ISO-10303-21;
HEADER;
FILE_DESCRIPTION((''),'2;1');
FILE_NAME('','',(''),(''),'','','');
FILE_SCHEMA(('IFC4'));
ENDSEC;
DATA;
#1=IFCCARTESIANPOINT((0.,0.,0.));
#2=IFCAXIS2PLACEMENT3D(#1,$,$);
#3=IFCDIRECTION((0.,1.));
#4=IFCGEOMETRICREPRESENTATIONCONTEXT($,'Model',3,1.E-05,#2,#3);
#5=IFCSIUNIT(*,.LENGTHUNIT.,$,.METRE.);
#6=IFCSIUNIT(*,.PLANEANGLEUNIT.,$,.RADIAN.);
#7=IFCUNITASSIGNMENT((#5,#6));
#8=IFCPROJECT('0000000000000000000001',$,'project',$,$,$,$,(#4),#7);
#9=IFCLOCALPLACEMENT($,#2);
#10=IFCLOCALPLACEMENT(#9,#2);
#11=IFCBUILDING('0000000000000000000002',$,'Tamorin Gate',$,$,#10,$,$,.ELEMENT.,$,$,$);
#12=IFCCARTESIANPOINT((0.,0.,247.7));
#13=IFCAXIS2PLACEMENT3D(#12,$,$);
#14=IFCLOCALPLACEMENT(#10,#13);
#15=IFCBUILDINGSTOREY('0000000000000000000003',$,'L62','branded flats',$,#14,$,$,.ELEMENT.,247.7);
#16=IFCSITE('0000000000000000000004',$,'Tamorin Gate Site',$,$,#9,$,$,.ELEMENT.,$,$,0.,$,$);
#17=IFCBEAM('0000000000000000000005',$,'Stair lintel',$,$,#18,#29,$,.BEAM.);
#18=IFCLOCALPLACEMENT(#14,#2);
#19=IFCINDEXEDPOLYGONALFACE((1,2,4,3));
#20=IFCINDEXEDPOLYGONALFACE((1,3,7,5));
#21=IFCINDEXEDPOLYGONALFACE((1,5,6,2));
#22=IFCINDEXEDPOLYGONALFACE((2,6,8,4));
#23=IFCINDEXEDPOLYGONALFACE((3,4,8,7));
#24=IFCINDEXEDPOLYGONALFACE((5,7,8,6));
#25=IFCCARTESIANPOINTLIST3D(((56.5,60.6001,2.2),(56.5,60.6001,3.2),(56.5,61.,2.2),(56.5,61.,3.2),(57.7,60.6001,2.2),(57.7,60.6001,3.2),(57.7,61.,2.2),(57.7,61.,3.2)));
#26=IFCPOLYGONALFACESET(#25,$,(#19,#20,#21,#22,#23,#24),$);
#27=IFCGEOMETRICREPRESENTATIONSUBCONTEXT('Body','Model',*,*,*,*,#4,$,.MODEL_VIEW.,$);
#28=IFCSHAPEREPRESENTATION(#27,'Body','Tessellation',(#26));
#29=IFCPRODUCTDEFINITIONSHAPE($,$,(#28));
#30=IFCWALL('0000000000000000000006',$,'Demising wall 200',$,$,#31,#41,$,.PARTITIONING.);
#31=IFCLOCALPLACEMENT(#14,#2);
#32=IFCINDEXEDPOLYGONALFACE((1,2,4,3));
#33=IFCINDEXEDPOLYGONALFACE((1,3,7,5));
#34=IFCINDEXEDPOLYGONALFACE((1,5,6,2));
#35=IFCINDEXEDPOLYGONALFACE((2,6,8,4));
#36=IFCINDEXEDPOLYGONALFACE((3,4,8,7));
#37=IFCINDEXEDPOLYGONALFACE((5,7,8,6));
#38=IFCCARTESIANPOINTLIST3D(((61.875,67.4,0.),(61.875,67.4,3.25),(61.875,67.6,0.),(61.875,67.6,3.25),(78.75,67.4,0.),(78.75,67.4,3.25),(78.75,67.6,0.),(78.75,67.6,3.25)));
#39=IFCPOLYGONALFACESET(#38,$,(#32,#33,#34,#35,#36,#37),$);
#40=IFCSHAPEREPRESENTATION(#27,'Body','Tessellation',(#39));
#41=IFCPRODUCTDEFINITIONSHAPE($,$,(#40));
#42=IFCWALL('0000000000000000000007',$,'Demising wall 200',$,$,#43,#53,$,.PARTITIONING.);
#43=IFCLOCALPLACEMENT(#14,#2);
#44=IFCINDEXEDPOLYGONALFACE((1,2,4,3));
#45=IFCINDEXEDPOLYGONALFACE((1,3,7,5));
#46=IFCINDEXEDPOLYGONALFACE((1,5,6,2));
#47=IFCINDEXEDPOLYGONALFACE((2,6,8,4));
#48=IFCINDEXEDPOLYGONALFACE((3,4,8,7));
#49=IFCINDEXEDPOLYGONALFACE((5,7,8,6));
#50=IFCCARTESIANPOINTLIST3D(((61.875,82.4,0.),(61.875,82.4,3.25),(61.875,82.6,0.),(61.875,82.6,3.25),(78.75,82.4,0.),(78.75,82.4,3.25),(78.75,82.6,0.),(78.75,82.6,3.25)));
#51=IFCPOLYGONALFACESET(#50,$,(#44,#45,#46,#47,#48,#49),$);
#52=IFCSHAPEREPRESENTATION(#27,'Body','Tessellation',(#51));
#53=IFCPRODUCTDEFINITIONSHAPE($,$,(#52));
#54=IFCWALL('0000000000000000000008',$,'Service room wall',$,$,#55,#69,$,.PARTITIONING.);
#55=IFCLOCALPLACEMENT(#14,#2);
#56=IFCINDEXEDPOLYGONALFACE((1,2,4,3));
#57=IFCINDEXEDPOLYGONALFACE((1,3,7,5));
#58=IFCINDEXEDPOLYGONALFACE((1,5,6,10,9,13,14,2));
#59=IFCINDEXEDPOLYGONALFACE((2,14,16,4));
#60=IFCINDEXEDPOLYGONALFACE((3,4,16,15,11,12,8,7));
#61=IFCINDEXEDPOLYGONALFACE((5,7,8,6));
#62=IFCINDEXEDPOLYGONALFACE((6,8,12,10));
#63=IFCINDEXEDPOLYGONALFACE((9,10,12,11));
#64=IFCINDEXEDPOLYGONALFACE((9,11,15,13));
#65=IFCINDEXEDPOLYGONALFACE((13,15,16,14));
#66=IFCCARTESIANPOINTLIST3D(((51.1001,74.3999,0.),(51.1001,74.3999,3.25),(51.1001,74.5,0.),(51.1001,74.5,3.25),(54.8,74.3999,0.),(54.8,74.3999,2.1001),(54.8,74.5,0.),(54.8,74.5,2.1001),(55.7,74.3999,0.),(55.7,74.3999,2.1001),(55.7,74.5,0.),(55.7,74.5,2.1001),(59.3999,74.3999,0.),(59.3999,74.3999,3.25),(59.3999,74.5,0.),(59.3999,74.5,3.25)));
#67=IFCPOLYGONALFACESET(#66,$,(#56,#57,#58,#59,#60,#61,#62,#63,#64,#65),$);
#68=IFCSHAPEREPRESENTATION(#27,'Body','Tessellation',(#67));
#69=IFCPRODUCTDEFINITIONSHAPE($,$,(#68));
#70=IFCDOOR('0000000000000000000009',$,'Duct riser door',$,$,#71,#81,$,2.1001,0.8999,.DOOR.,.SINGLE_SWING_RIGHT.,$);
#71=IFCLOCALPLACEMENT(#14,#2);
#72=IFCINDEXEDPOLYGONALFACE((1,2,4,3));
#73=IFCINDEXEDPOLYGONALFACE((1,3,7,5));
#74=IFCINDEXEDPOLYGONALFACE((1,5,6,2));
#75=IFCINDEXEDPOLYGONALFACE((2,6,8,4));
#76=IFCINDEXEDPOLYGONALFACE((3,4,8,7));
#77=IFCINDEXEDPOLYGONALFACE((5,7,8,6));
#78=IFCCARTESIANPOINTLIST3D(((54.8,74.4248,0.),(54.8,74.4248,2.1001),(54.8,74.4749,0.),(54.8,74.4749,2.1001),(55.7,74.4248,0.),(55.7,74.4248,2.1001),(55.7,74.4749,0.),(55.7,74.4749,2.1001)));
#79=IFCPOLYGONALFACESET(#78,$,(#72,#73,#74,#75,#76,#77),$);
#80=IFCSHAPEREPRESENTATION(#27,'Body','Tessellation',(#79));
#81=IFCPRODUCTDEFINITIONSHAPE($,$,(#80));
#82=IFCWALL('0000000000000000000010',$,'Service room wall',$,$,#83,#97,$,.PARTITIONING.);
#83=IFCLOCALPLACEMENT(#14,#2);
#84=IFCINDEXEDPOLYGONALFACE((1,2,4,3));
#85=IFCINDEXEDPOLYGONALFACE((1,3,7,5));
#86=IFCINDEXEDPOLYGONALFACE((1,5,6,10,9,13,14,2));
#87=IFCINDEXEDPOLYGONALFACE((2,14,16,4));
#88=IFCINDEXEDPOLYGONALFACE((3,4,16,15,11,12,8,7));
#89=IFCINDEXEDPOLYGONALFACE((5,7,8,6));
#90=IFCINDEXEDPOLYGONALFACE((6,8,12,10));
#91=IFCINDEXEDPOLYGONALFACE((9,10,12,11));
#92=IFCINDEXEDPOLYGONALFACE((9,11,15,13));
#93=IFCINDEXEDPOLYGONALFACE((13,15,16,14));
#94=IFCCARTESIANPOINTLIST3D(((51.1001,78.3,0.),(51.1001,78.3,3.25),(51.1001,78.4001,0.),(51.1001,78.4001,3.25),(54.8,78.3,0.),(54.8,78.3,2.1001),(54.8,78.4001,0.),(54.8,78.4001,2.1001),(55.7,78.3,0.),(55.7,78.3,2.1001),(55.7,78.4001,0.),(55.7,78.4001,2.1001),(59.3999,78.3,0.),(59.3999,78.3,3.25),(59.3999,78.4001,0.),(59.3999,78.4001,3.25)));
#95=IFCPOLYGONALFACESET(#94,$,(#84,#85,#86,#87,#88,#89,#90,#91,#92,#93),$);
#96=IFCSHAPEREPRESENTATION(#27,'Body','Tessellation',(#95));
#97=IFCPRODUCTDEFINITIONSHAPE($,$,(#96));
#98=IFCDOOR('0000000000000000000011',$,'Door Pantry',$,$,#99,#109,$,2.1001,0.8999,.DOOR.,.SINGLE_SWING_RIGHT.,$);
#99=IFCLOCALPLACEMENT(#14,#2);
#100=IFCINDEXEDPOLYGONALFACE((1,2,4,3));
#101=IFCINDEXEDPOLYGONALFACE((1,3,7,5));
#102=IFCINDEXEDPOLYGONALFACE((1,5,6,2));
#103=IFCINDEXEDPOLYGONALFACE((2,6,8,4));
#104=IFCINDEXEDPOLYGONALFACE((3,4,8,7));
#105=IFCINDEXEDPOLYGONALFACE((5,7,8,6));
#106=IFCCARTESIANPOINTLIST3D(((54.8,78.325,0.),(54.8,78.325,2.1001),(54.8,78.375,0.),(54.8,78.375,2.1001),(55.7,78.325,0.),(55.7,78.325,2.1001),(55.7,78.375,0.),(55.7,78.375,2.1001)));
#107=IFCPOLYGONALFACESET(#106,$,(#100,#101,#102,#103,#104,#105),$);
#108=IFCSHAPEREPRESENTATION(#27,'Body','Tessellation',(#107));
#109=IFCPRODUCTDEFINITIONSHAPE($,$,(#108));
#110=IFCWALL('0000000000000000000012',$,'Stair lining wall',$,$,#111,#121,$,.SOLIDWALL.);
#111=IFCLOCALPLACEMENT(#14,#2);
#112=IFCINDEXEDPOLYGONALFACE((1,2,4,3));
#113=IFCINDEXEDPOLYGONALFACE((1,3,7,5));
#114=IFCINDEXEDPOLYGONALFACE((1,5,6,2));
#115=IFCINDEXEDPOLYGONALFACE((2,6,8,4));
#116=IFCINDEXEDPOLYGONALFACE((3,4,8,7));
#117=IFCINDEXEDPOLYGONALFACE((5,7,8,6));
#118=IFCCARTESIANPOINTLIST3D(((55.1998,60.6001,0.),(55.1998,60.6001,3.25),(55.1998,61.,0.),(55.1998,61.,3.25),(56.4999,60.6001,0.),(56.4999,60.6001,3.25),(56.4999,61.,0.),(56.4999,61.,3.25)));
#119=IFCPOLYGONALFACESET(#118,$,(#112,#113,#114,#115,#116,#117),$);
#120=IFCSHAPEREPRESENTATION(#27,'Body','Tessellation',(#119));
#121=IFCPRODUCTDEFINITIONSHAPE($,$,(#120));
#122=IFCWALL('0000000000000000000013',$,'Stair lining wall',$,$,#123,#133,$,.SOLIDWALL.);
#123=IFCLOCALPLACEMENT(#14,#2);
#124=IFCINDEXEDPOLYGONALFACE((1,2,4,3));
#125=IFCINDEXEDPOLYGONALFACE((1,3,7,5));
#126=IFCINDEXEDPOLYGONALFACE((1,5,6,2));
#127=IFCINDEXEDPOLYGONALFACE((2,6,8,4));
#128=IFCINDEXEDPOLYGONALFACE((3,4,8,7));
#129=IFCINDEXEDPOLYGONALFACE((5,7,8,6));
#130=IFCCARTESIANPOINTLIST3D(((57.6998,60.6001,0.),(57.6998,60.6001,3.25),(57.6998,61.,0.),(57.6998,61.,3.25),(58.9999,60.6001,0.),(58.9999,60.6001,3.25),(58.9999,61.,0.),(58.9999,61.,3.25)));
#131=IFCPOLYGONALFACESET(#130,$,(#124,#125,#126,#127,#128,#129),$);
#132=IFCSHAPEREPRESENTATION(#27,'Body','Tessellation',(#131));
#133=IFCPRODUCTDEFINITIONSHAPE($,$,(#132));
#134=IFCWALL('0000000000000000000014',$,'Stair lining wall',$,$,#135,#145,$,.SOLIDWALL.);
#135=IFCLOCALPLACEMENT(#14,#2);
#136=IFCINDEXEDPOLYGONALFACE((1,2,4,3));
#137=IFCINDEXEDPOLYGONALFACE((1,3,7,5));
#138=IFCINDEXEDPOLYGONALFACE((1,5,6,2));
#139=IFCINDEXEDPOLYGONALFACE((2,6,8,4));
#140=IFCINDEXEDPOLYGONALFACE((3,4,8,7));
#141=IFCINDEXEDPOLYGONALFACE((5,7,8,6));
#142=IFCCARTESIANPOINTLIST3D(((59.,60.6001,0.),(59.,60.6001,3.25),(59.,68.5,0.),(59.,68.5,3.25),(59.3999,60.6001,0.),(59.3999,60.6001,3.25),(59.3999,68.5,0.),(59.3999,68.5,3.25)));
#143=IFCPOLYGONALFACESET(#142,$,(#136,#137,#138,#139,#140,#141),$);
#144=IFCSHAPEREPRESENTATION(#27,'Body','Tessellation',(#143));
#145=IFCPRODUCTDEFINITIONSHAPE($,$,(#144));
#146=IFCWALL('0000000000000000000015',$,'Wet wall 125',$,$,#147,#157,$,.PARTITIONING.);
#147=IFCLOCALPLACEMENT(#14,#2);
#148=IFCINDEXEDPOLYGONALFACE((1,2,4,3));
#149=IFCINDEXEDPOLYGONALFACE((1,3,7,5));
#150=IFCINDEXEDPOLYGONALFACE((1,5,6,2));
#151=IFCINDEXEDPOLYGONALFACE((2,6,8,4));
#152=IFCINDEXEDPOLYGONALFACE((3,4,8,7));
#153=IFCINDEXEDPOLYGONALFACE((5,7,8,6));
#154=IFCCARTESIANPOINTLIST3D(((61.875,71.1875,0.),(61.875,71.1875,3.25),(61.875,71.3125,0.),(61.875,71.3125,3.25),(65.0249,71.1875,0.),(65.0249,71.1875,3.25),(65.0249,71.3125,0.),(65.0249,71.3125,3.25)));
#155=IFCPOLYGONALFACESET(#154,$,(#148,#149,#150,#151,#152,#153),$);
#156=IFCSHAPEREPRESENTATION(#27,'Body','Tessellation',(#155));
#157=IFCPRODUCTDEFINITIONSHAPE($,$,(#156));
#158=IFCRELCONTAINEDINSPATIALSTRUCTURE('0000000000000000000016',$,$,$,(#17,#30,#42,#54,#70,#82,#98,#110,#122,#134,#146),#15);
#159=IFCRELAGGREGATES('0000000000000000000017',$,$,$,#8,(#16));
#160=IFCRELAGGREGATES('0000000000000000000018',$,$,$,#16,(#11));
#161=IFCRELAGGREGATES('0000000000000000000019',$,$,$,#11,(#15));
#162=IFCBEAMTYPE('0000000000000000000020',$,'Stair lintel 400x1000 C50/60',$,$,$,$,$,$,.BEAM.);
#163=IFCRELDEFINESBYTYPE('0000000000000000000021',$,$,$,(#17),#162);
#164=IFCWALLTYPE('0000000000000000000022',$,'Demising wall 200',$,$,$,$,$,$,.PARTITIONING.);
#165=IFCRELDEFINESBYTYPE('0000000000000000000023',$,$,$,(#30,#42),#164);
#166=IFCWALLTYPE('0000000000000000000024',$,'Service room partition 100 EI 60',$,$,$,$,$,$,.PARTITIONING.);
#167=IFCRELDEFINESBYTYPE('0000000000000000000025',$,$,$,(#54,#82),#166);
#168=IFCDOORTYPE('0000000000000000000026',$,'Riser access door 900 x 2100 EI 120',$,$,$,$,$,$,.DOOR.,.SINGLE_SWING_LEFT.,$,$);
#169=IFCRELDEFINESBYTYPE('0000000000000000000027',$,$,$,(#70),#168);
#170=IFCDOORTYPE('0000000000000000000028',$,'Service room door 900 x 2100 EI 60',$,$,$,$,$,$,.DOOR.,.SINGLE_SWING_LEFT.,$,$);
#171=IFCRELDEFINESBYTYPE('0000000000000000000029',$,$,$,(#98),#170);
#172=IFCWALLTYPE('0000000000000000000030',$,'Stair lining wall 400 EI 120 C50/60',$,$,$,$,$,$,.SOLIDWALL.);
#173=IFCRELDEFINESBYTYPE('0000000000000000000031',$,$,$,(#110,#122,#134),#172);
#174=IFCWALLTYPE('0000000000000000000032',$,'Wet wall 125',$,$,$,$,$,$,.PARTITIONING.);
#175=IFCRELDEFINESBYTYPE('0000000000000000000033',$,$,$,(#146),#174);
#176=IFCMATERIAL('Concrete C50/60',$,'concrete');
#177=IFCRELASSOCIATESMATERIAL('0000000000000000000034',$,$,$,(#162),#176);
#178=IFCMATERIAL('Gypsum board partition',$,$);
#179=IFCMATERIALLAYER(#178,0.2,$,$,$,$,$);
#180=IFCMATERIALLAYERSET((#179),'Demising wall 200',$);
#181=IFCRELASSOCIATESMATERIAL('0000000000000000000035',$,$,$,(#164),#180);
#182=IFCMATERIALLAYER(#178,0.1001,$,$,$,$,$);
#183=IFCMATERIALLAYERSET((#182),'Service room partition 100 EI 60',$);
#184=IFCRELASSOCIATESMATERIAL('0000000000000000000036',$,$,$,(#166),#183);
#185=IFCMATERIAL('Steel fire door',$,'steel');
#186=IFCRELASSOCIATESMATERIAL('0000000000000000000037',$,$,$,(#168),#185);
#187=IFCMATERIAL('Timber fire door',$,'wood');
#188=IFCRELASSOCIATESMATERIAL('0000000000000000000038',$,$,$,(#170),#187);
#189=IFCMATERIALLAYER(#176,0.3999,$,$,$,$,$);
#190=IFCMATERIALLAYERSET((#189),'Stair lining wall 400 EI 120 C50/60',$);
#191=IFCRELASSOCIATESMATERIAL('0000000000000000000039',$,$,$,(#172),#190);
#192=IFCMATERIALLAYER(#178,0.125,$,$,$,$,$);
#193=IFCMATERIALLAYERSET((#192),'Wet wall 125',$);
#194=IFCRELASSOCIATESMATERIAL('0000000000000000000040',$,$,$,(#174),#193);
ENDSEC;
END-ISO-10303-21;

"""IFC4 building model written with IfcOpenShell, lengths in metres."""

from ifc_helpers import new_model, si_unit, direction, frame, frame_2d, origin, origin_2d, place, context, subcontext, project, spatial, rectangle, extrude, material, layer, layer_set, material_profile, profile_set, type_object, element, fill, save


model = new_model("IFC4")

# Units and contexts
model_context = context("Model", 3, precision=1e-05, world=origin(), true_north=direction((0.0, 1.0)))
body_context = subcontext(model_context, "Body", "Model", "MODEL_VIEW")
ifc_project = project(units=[si_unit("LENGTHUNIT", "METRE"), si_unit("PLANEANGLEUNIT", "RADIAN")], contexts=[model_context])

# Site, building, storey
site_placement = place(None, origin())
site = spatial("IfcSite", under=ifc_project, at=site_placement, Name="Tamorin Gate Site", CompositionType="ELEMENT", RefElevation=0.0)
building_placement = place(site_placement, origin())
building = spatial("IfcBuilding", under=site, at=building_placement, Name="Tamorin Gate", CompositionType="ELEMENT")
storey_placement = place(building_placement, frame((0.0, 0.0, 247.7)))
storey = spatial("IfcBuildingStorey", under=building, at=storey_placement, Name="L62", Description="branded flats", CompositionType="ELEMENT", Elevation=247.7)

# Beam
ifc_material_1 = material(Name="Concrete C50/60", Category="concrete")
ifc_material_profile = material_profile(ifc_material_1, rectangle(XDim=0.3999, YDim=1.0, at=origin_2d()))
ifc_profile_set = profile_set([ifc_material_profile], Name="Concrete C50/60")
beam_type = type_object("IfcBeamType", Name="Stair lintel 400x1000 C50/60", PredefinedType="BEAM", material=ifc_profile_set)
beam_placement = place(storey_placement, frame((56.5, 60.8, 2.7), z_axis=(1.0, 0.0, 0.0), x_axis=(0.0, 1.0, 0.0)))
element("IfcBeam", 1, at=beam_placement, inside=storey, type_object=beam_type, Name="Stair lintel", PredefinedType="BEAM", context=body_context, shape_type="SweptSolid", body=[
    extrude(rectangle(XDim=0.3999, YDim=1.0, at=origin_2d()), origin(), (0.0, 0.0, 1.0), 1.2),
])

# Walls
ifc_material_2 = material(Name="Gypsum board partition")
ifc_layer_1 = layer(ifc_material_2, 0.2)
ifc_layer_set_1 = layer_set([ifc_layer_1], Name="Demising wall 200")
wall_type_1 = type_object("IfcWallType", Name="Demising wall 200", PredefinedType="PARTITIONING", material=ifc_layer_set_1)
for number, where, z_axis, x_axis, name in (
    (2, (61.875, 67.5, 0.0), (0.0, 0.0, 1.0), (1.0, 0.0, 0.0), "Demising wall 200"),
    (3, (61.875, 82.5, 0.0), (0.0, 0.0, 1.0), (1.0, 0.0, 0.0), "Demising wall 200"),
):
    element("IfcWall", number, at=place(storey_placement, frame(where, z_axis=z_axis, x_axis=x_axis)), inside=storey, type_object=wall_type_1, Name=name, PredefinedType="PARTITIONING", context=body_context, shape_type="SweptSolid", body=[
        extrude(rectangle(XDim=16.875, YDim=0.2, at=frame_2d((8.4375, 0.0))), origin(), (0.0, 0.0, 1.0), 3.25),
    ])

# Walls, openings, doors
ifc_layer_2 = layer(ifc_material_2, 0.1001)
ifc_layer_set_2 = layer_set([ifc_layer_2], Name="Service room partition 100 EI 60")
wall_type_2 = type_object("IfcWallType", Name="Service room partition 100 EI 60", PredefinedType="PARTITIONING", material=ifc_layer_set_2)
wall_1_placement = place(storey_placement, frame((51.1001, 74.45, 0.0), z_axis=(0.0, 0.0, 1.0), x_axis=(1.0, 0.0, 0.0)))
wall_1 = element("IfcWall", 4, at=wall_1_placement, inside=storey, type_object=wall_type_2, Name="Service room wall", PredefinedType="PARTITIONING", context=body_context, shape_type="SweptSolid", body=[
    extrude(rectangle(XDim=8.2998, YDim=0.1001, at=frame_2d((4.1499, 0.0))), origin(), (0.0, 0.0, 1.0), 3.25),
])
opening_1_placement = place(wall_1_placement, frame((3.7, 0.0, 0.0)))
opening_1 = element("IfcOpeningElement", 5, at=opening_1_placement, cuts=wall_1, PredefinedType="OPENING", context=body_context, shape_type="SweptSolid", body=[
    extrude(rectangle(XDim=0.8999, YDim=2.1001, at=frame_2d((0.45, 1.05))), frame((0.0, 0.0601, 0.0), z_axis=(0.0, -1.0, 0.0), x_axis=(1.0, 0.0, 0.0)), (0.0, 0.0, 1.0), 0.1201),
])
ifc_material_3 = material(Name="Steel fire door", Category="steel")
door_type_1 = type_object("IfcDoorType", Name="Riser access door 900 x 2100 EI 120", OperationType="SINGLE_SWING_LEFT", PredefinedType="DOOR", material=ifc_material_3)
door_1_placement = place(opening_1_placement, origin())
door_1 = element("IfcDoor", 6, at=door_1_placement, inside=storey, type_object=door_type_1, Name="Duct riser door", OperationType="SINGLE_SWING_RIGHT", OverallHeight=2.1001, OverallWidth=0.8999, PredefinedType="DOOR", context=body_context, shape_type="SweptSolid", body=[
    extrude(rectangle(XDim=0.8999, YDim=2.1001, at=frame_2d((0.45, 1.05))), frame((0.0, 0.0249, 0.0), z_axis=(0.0, -1.0, 0.0), x_axis=(1.0, 0.0, 0.0)), (0.0, 0.0, 1.0), 0.05),
])
fill(opening_1, door_1)
wall_2_placement = place(storey_placement, frame((51.1001, 78.3501, 0.0), z_axis=(0.0, 0.0, 1.0), x_axis=(1.0, 0.0, 0.0)))
wall_2 = element("IfcWall", 7, at=wall_2_placement, inside=storey, type_object=wall_type_2, Name="Service room wall", PredefinedType="PARTITIONING", context=body_context, shape_type="SweptSolid", body=[
    extrude(rectangle(XDim=8.2998, YDim=0.1001, at=frame_2d((4.1499, 0.0))), origin(), (0.0, 0.0, 1.0), 3.25),
])
opening_2_placement = place(wall_2_placement, frame((3.7, 0.0, 0.0)))
opening_2 = element("IfcOpeningElement", 8, at=opening_2_placement, cuts=wall_2, PredefinedType="OPENING", context=body_context, shape_type="SweptSolid", body=[
    extrude(rectangle(XDim=0.8999, YDim=2.1001, at=frame_2d((0.45, 1.05))), frame((0.0, 0.0601, 0.0), z_axis=(0.0, -1.0, 0.0), x_axis=(1.0, 0.0, 0.0)), (0.0, 0.0, 1.0), 0.1201),
])
ifc_material_4 = material(Name="Timber fire door", Category="wood")
door_type_2 = type_object("IfcDoorType", Name="Service room door 900 x 2100 EI 60", OperationType="SINGLE_SWING_LEFT", PredefinedType="DOOR", material=ifc_material_4)
door_2_placement = place(opening_2_placement, origin())
door_2 = element("IfcDoor", 9, at=door_2_placement, inside=storey, type_object=door_type_2, Name="Door Pantry", OperationType="SINGLE_SWING_RIGHT", OverallHeight=2.1001, OverallWidth=0.8999, PredefinedType="DOOR", context=body_context, shape_type="SweptSolid", body=[
    extrude(rectangle(XDim=0.8999, YDim=2.1001, at=frame_2d((0.45, 1.05))), frame((0.0, 0.0249, 0.0), z_axis=(0.0, -1.0, 0.0), x_axis=(1.0, 0.0, 0.0)), (0.0, 0.0, 1.0), 0.05),
])
fill(opening_2, door_2)

# Walls
ifc_layer_3 = layer(ifc_material_1, 0.3999)
ifc_layer_set_3 = layer_set([ifc_layer_3], Name="Stair lining wall 400 EI 120 C50/60")
wall_type_3 = type_object("IfcWallType", Name="Stair lining wall 400 EI 120 C50/60", PredefinedType="SOLIDWALL", material=ifc_layer_set_3)
for number, where, z_axis, x_axis, name in (
    (10, (55.2, 60.8, 0.0), (0.0, 0.0, 1.0), (1.0, 0.0, 0.0), "Stair lining wall"),
    (11, (57.7, 60.8, 0.0), (0.0, 0.0, 1.0), (1.0, 0.0, 0.0), "Stair lining wall"),
):
    element("IfcWall", number, at=place(storey_placement, frame(where, z_axis=z_axis, x_axis=x_axis)), inside=storey, type_object=wall_type_3, Name=name, PredefinedType="SOLIDWALL", context=body_context, shape_type="SweptSolid", body=[
        extrude(rectangle(XDim=1.3, YDim=0.3999, at=frame_2d((0.6499, 0.0))), origin(), (0.0, 0.0, 1.0), 3.25),
    ])
wall_3_placement = place(storey_placement, frame((59.2, 60.6001, 0.0), z_axis=(0.0, 0.0, 1.0), x_axis=(0.0, 1.0, 0.0)))
element("IfcWall", 12, at=wall_3_placement, inside=storey, type_object=wall_type_3, Name="Stair lining wall", PredefinedType="SOLIDWALL", context=body_context, shape_type="SweptSolid", body=[
    extrude(rectangle(XDim=7.8999, YDim=0.3999, at=frame_2d((3.95, 0.0))), origin(), (0.0, 0.0, 1.0), 3.25),
])
ifc_layer_4 = layer(ifc_material_2, 0.125)
ifc_layer_set_4 = layer_set([ifc_layer_4], Name="Wet wall 125")
wall_type_4 = type_object("IfcWallType", Name="Wet wall 125", PredefinedType="PARTITIONING", material=ifc_layer_set_4)
wall_4_placement = place(storey_placement, frame((61.875, 71.25, 0.0), z_axis=(0.0, 0.0, 1.0), x_axis=(1.0, 0.0, 0.0)))
element("IfcWall", 13, at=wall_4_placement, inside=storey, type_object=wall_type_4, Name="Wet wall 125", PredefinedType="PARTITIONING", context=body_context, shape_type="SweptSolid", body=[
    extrude(rectangle(XDim=3.1499, YDim=0.125, at=frame_2d((1.575, 0.0))), origin(), (0.0, 0.0, 1.0), 3.25),
])

save(model, "model.ifc")
